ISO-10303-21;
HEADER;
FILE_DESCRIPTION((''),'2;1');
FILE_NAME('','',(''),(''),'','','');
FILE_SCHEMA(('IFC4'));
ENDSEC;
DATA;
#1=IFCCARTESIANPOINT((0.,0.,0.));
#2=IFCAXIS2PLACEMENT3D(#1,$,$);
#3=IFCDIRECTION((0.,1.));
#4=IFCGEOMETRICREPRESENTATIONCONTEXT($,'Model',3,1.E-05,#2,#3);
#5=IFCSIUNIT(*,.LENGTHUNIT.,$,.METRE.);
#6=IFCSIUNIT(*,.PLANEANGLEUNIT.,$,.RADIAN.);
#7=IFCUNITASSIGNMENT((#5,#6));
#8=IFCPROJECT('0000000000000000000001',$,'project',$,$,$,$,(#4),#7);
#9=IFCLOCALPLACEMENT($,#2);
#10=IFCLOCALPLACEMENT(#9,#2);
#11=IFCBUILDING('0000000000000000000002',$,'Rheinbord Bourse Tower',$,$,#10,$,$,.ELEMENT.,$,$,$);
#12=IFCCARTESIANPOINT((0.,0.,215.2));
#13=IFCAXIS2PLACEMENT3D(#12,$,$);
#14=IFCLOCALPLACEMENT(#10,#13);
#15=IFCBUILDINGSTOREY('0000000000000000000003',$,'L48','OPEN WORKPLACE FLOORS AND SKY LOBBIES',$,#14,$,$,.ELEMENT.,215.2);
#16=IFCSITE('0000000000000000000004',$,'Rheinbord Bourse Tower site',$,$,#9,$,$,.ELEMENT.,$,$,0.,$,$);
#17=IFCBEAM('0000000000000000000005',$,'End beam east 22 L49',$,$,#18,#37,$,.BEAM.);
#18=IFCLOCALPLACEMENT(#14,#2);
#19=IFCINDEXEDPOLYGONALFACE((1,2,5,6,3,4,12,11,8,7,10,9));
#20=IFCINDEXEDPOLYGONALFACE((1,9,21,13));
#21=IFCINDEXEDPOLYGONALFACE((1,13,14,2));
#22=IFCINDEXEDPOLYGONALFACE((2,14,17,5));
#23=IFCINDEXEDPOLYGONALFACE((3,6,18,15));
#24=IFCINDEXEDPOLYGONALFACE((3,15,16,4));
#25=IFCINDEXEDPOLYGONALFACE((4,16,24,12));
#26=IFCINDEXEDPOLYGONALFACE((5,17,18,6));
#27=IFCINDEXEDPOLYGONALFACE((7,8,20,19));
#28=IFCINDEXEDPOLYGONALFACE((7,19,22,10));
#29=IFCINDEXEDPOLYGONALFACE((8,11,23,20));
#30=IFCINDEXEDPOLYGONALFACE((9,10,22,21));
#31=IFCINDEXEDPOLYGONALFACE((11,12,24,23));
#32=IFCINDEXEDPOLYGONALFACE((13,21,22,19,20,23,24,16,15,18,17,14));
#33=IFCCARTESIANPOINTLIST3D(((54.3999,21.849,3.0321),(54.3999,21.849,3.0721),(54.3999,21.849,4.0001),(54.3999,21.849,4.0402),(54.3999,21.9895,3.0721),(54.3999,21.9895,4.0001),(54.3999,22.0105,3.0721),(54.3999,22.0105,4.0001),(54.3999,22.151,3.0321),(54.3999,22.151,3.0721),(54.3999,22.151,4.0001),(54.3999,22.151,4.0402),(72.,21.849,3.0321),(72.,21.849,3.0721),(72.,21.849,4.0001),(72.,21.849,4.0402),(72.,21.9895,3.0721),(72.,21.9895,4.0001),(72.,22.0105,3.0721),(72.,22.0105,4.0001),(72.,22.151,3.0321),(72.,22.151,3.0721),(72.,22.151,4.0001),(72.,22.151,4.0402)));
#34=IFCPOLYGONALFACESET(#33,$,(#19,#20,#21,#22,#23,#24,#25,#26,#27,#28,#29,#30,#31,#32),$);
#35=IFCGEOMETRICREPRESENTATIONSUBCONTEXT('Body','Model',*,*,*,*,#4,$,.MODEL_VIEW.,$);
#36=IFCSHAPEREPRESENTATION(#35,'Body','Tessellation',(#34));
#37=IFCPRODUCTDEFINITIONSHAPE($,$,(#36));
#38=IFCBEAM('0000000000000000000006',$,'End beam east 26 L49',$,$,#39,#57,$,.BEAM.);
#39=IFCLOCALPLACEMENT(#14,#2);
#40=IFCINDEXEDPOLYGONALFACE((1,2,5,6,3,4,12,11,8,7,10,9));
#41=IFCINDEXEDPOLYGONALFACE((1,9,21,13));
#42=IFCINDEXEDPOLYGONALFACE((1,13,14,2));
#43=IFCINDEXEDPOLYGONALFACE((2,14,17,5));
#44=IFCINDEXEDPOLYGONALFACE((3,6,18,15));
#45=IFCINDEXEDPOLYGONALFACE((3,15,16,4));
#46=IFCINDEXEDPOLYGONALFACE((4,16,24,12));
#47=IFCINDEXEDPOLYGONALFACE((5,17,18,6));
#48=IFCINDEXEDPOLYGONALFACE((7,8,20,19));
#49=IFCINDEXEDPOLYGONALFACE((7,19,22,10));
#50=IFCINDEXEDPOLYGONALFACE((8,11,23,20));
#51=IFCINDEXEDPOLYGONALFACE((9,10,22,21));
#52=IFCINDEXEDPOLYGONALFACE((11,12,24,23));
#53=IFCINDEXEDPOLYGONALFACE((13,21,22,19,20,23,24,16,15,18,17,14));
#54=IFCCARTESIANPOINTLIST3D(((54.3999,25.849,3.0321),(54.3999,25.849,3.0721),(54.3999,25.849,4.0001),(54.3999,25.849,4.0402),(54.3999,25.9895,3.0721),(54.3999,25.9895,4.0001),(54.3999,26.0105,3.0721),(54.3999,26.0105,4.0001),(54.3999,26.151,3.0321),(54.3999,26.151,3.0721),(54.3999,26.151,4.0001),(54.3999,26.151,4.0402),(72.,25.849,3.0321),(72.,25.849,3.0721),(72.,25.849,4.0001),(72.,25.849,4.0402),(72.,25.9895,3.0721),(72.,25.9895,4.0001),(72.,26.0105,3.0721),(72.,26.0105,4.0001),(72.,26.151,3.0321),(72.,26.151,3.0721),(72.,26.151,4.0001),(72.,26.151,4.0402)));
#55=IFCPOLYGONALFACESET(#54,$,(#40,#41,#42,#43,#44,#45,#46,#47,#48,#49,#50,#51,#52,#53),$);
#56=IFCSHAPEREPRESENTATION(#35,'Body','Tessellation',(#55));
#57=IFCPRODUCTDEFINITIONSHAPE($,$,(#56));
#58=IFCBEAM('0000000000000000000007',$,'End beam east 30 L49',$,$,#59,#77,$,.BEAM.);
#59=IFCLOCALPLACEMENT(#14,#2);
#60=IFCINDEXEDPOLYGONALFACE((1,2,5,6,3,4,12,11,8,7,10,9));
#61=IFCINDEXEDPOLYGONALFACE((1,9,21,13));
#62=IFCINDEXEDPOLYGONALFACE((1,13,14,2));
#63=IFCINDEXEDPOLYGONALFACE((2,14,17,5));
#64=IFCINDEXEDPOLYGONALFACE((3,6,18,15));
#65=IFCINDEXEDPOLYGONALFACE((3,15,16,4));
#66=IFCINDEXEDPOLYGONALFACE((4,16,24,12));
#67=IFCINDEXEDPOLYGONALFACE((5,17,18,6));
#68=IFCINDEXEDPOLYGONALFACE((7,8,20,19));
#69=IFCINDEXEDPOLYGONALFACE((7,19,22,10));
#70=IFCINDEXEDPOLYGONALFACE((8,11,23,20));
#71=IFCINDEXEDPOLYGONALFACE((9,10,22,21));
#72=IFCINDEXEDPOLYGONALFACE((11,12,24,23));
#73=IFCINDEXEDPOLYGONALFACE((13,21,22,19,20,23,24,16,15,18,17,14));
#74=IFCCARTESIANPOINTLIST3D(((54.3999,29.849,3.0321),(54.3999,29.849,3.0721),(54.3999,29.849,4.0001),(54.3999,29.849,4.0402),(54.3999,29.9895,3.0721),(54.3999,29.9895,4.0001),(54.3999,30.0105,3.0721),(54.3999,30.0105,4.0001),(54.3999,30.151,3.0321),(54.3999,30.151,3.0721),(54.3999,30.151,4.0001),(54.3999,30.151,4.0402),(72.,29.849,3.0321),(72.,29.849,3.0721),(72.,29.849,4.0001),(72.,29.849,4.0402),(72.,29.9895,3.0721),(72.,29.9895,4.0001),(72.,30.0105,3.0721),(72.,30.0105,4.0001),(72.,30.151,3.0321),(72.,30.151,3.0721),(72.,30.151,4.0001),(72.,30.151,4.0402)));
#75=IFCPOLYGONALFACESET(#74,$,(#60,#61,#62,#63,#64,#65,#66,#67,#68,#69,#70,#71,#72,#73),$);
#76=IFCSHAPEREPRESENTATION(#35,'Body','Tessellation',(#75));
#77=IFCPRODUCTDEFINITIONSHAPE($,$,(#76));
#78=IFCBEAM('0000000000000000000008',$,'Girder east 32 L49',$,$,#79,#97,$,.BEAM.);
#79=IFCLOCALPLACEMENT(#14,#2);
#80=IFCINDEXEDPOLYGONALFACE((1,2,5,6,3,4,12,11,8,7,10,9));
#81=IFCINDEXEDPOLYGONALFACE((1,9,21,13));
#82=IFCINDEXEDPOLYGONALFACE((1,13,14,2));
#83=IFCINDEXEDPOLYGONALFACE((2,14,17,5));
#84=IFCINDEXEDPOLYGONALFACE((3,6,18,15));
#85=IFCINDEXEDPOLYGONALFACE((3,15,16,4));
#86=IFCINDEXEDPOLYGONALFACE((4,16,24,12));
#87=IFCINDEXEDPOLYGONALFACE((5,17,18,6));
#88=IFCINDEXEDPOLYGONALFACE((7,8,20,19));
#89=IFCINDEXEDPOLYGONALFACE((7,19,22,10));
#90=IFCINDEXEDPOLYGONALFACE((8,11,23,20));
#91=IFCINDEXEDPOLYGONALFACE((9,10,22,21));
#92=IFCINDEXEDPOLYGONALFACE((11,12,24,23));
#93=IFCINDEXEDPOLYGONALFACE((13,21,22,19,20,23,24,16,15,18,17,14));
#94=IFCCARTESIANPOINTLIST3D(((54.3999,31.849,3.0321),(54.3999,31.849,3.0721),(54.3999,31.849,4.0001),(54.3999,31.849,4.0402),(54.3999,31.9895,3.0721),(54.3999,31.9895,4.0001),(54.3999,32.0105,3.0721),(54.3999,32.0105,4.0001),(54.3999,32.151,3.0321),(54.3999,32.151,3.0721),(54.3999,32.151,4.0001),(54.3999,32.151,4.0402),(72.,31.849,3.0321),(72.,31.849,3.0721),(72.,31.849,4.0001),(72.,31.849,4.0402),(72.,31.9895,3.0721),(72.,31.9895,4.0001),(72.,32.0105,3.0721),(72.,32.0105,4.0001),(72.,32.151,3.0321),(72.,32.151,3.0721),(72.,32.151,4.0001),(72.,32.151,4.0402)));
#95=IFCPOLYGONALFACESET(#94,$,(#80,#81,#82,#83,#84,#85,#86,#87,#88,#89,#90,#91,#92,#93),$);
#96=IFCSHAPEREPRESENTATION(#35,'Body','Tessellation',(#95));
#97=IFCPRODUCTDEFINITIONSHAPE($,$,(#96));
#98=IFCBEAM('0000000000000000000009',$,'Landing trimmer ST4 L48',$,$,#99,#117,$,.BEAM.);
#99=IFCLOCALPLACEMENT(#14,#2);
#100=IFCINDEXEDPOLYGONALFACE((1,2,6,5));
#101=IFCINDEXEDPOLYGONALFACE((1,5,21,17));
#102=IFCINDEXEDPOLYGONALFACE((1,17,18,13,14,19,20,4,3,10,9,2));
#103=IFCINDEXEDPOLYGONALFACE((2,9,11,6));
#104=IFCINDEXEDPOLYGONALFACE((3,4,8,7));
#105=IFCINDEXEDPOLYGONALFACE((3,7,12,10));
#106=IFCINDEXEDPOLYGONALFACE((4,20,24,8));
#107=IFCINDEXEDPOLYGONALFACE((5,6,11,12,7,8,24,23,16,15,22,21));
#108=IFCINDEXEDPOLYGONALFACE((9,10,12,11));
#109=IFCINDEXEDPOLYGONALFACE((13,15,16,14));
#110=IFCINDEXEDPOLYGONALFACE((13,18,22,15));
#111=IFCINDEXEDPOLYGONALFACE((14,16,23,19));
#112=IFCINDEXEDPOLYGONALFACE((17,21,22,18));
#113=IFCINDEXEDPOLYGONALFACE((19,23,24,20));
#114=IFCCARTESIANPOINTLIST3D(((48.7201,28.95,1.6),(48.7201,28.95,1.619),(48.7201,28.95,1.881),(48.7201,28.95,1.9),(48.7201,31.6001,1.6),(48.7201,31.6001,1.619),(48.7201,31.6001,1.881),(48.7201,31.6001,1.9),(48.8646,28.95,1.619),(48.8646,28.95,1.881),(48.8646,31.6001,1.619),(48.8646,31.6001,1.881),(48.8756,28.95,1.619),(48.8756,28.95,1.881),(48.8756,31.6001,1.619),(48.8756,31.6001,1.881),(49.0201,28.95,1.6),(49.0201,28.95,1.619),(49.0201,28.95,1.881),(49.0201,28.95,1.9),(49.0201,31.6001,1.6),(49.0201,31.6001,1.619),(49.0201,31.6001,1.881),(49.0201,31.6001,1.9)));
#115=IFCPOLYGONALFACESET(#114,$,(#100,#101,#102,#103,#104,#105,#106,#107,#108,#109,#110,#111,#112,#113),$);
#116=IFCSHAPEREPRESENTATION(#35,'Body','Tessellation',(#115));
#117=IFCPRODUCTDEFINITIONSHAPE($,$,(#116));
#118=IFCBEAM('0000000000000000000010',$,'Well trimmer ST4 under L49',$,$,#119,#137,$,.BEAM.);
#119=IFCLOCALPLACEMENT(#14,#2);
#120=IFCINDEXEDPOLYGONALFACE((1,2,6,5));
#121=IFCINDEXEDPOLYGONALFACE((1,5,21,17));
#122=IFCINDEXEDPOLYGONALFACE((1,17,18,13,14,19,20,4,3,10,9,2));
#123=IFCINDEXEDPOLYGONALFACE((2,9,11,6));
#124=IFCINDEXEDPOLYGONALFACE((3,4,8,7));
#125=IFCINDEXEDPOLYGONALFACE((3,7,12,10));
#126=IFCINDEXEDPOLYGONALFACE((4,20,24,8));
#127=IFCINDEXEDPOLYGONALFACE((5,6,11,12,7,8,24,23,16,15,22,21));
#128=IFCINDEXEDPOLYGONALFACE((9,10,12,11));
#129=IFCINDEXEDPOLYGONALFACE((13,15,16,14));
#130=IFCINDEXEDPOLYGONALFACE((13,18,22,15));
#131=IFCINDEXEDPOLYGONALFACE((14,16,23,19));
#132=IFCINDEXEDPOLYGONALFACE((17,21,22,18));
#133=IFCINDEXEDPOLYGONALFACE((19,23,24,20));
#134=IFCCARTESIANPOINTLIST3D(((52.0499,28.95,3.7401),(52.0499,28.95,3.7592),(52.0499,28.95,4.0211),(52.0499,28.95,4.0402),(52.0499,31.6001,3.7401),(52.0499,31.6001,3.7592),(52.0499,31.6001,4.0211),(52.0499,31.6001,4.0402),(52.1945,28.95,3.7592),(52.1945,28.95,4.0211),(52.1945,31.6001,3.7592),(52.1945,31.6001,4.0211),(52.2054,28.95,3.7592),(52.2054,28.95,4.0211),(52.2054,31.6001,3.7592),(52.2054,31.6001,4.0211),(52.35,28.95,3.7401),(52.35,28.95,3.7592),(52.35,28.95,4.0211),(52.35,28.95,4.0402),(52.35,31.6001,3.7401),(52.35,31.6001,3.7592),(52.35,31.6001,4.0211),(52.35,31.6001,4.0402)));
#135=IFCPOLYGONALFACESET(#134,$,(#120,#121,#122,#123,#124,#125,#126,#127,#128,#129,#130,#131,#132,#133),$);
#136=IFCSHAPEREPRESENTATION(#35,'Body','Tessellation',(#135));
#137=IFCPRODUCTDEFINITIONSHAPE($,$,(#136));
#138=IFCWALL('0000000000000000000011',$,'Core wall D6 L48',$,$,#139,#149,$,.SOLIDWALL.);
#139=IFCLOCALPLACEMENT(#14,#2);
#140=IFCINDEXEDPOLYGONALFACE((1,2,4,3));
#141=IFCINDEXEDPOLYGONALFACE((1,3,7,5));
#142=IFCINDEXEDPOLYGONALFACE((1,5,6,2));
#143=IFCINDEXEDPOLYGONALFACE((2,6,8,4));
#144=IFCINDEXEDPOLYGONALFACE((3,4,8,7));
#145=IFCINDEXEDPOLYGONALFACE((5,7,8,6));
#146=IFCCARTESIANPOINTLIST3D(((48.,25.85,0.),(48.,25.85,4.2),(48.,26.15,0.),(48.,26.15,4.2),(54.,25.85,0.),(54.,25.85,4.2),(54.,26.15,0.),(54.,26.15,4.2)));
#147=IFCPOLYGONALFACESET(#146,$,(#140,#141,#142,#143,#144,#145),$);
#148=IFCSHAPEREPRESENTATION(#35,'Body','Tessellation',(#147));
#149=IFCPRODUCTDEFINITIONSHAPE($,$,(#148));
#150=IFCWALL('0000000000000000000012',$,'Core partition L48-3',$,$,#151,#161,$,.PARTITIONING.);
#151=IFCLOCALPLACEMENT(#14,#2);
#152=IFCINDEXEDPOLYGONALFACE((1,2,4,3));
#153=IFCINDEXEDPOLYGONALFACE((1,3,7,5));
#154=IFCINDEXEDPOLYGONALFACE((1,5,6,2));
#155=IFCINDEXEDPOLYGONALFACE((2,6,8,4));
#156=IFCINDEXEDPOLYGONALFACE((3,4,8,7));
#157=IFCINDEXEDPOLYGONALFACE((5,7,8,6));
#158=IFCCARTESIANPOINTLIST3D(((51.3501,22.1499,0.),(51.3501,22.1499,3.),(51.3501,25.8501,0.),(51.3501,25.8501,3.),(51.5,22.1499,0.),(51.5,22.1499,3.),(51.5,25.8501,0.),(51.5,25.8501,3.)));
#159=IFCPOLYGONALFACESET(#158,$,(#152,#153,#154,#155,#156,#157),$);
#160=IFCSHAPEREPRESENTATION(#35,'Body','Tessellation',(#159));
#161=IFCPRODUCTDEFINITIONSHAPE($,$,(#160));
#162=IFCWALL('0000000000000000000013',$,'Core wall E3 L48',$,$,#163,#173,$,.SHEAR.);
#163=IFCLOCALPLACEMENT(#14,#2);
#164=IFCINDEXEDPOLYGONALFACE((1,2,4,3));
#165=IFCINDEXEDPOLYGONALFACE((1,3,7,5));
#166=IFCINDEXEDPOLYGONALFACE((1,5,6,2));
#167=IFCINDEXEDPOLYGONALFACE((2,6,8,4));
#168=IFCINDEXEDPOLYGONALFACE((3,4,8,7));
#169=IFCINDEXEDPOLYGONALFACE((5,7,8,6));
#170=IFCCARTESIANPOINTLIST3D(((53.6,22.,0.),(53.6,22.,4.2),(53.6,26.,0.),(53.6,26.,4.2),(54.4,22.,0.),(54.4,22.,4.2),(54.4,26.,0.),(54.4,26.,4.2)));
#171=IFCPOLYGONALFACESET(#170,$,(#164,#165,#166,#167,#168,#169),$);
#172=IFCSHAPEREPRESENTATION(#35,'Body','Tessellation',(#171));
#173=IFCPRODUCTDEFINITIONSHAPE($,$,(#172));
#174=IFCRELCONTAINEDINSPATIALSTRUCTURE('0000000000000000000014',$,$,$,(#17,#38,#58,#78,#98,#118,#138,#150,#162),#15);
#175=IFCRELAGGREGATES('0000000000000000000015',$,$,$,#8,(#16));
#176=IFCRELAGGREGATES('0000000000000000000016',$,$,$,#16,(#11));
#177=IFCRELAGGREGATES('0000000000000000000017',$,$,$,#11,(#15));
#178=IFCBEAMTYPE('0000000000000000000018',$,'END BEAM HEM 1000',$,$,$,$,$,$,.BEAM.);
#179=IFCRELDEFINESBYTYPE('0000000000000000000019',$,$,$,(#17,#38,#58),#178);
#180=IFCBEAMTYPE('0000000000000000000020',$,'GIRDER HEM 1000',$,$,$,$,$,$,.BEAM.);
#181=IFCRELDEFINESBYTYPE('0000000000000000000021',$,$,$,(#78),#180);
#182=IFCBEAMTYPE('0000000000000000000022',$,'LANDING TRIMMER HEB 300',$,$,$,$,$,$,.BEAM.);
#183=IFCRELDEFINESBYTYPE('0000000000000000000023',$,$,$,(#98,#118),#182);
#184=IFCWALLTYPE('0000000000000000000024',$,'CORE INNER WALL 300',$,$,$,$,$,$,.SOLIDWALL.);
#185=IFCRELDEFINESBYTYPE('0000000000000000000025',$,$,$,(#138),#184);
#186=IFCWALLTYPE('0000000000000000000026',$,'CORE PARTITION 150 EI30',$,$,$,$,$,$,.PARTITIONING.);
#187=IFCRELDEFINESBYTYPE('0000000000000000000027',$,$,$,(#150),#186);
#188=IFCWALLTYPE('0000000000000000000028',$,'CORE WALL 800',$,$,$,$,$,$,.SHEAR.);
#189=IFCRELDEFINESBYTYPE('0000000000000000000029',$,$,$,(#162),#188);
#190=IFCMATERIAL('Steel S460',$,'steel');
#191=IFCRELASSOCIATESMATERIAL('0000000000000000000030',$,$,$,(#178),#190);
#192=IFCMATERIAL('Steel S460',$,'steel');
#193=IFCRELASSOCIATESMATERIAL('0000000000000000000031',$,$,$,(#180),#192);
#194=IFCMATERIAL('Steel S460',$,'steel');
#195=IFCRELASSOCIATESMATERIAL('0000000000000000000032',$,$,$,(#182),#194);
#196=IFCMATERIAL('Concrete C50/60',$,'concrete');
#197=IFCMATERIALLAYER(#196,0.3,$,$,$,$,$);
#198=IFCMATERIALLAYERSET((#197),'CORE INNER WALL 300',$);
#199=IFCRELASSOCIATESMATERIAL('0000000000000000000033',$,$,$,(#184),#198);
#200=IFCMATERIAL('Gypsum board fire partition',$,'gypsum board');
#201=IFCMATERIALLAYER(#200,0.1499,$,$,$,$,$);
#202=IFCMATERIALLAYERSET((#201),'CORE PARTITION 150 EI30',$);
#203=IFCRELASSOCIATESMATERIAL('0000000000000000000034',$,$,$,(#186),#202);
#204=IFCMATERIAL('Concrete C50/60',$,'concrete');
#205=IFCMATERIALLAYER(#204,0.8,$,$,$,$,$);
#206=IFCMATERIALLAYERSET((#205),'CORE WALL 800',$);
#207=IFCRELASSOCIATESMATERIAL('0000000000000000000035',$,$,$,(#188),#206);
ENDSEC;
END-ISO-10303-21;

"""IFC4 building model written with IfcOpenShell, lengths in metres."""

from ifc_helpers import new_model, si_unit, direction, frame, frame_2d, origin, origin_2d, place, context, subcontext, project, spatial, rectangle, i_section, extrude, material, layer, layer_set, material_profile, profile_set, type_object, element, save


model = new_model("IFC4")

# Units and contexts
model_context = context("Model", 3, precision=1e-05, world=origin(), true_north=direction((0.0, 1.0)))
body_context = subcontext(model_context, "Body", "Model", "MODEL_VIEW")
ifc_project = project(units=[si_unit("LENGTHUNIT", "METRE"), si_unit("PLANEANGLEUNIT", "RADIAN")], contexts=[model_context])

# Site, building, storey
site_placement = place(None, origin())
site = spatial("IfcSite", under=ifc_project, at=site_placement, Name="Rheinbord Bourse Tower site", CompositionType="ELEMENT", RefElevation=0.0)
building_placement = place(site_placement, origin())
building = spatial("IfcBuilding", under=site, at=building_placement, Name="Rheinbord Bourse Tower", CompositionType="ELEMENT")
storey_placement = place(building_placement, frame((0.0, 0.0, 215.2)))
storey = spatial("IfcBuildingStorey", under=building, at=storey_placement, Name="L48", Description="OPEN WORKPLACE FLOORS AND SKY LOBBIES", CompositionType="ELEMENT", Elevation=215.2)

# Beams
ifc_material_1 = material(Name="Steel S460", Category="steel")
ifc_material_profile_1 = material_profile(ifc_material_1, i_section(OverallWidth=0.302, OverallDepth=1.0081, WebThickness=0.021, FlangeThickness=0.04, at=origin_2d()), Name="HEM 1000")
ifc_profile_set_1 = profile_set([ifc_material_profile_1], Name="Steel S460")
beam_type_1 = type_object("IfcBeamType", Name="END BEAM HEM 1000", PredefinedType="BEAM", material=ifc_profile_set_1)
for number, where, z_axis, x_axis, name in (
    (1, (54.3999, 22.0, 3.5361), (1.0, 0.0, 0.0), (0.0, 1.0, 0.0), "End beam east 22 L49"),
    (2, (54.3999, 26.0, 3.5361), (1.0, 0.0, 0.0), (0.0, 1.0, 0.0), "End beam east 26 L49"),
    (3, (54.3999, 30.0, 3.5361), (1.0, 0.0, 0.0), (0.0, 1.0, 0.0), "End beam east 30 L49"),
):
    element("IfcBeam", number, at=place(storey_placement, frame(where, z_axis=z_axis, x_axis=x_axis)), inside=storey, type_object=beam_type_1, Name=name, PredefinedType="BEAM", context=body_context, shape_type="SweptSolid", body=[
        extrude(i_section(OverallWidth=0.302, OverallDepth=1.0081, WebThickness=0.021, FlangeThickness=0.04, at=origin_2d()), origin(), (0.0, 0.0, 1.0), 17.6001),
    ])
ifc_material_2 = material(Name="Steel S460", Category="steel")
ifc_material_profile_2 = material_profile(ifc_material_2, i_section(OverallWidth=0.302, OverallDepth=1.0081, WebThickness=0.021, FlangeThickness=0.04, at=origin_2d()), Name="HEM 1000")
ifc_profile_set_2 = profile_set([ifc_material_profile_2], Name="Steel S460")
beam_type_2 = type_object("IfcBeamType", Name="GIRDER HEM 1000", PredefinedType="BEAM", material=ifc_profile_set_2)
beam_placement = place(storey_placement, frame((54.3999, 32.0, 3.5361), z_axis=(1.0, 0.0, 0.0), x_axis=(0.0, 1.0, 0.0)))
element("IfcBeam", 4, at=beam_placement, inside=storey, type_object=beam_type_2, Name="Girder east 32 L49", PredefinedType="BEAM", context=body_context, shape_type="SweptSolid", body=[
    extrude(i_section(OverallWidth=0.302, OverallDepth=1.0081, WebThickness=0.021, FlangeThickness=0.04, at=origin_2d()), origin(), (0.0, 0.0, 1.0), 17.6001),
])
ifc_material_3 = material(Name="Steel S460", Category="steel")
ifc_material_profile_3 = material_profile(ifc_material_3, i_section(OverallWidth=0.3, OverallDepth=0.3, WebThickness=0.011, FlangeThickness=0.019, at=origin_2d()), Name="HEB 300")
ifc_profile_set_3 = profile_set([ifc_material_profile_3], Name="Steel S460")
beam_type_3 = type_object("IfcBeamType", Name="LANDING TRIMMER HEB 300", PredefinedType="BEAM", material=ifc_profile_set_3)
for number, where, z_axis, x_axis, name in (
    (5, (48.8701, 28.95, 1.75), (0.0, 1.0, 0.0), (-1.0, 0.0, 0.0), "Landing trimmer ST4 L48"),
    (6, (52.2, 28.95, 3.8901), (0.0, 1.0, 0.0), (-1.0, 0.0, 0.0), "Well trimmer ST4 under L49"),
):
    element("IfcBeam", number, at=place(storey_placement, frame(where, z_axis=z_axis, x_axis=x_axis)), inside=storey, type_object=beam_type_3, Name=name, PredefinedType="BEAM", context=body_context, shape_type="SweptSolid", body=[
        extrude(i_section(OverallWidth=0.3, OverallDepth=0.3, WebThickness=0.011, FlangeThickness=0.019, at=origin_2d()), origin(), (0.0, 0.0, 1.0), 2.6501),
    ])

# Walls
ifc_material_4 = material(Name="Concrete C50/60", Category="concrete")
ifc_layer_1 = layer(ifc_material_4, 0.3)
ifc_layer_set_1 = layer_set([ifc_layer_1], Name="CORE INNER WALL 300")
wall_type_1 = type_object("IfcWallType", Name="CORE INNER WALL 300", PredefinedType="SOLIDWALL", material=ifc_layer_set_1)
wall_1_placement = place(storey_placement, frame((48.0, 26.0, 0.0), z_axis=(0.0, 0.0, 1.0), x_axis=(1.0, 0.0, 0.0)))
element("IfcWall", 7, at=wall_1_placement, inside=storey, type_object=wall_type_1, Name="Core wall D6 L48", PredefinedType="SOLIDWALL", context=body_context, shape_type="SweptSolid", body=[
    extrude(rectangle(XDim=6.0, YDim=0.3, at=frame_2d((3.0, 0.0))), origin(), (0.0, 0.0, 1.0), 4.2),
])
ifc_material_5 = material(Name="Gypsum board fire partition", Category="gypsum board")
ifc_layer_2 = layer(ifc_material_5, 0.1499)
ifc_layer_set_2 = layer_set([ifc_layer_2], Name="CORE PARTITION 150 EI30")
wall_type_2 = type_object("IfcWallType", Name="CORE PARTITION 150 EI30", PredefinedType="PARTITIONING", material=ifc_layer_set_2)
wall_2_placement = place(storey_placement, frame((51.425, 22.1499, 0.0), z_axis=(0.0, 0.0, 1.0), x_axis=(0.0, 1.0, 0.0)))
element("IfcWall", 8, at=wall_2_placement, inside=storey, type_object=wall_type_2, Name="Core partition L48-3", PredefinedType="PARTITIONING", context=body_context, shape_type="SweptSolid", body=[
    extrude(rectangle(XDim=3.7002, YDim=0.1499, at=frame_2d((1.8501, 0.0))), origin(), (0.0, 0.0, 1.0), 3.0),
])
ifc_material_6 = material(Name="Concrete C50/60", Category="concrete")
ifc_layer_3 = layer(ifc_material_6, 0.8)
ifc_layer_set_3 = layer_set([ifc_layer_3], Name="CORE WALL 800")
wall_type_3 = type_object("IfcWallType", Name="CORE WALL 800", PredefinedType="SHEAR", material=ifc_layer_set_3)
wall_3_placement = place(storey_placement, frame((54.0, 22.0, 0.0), z_axis=(0.0, 0.0, 1.0), x_axis=(0.0, 1.0, 0.0)))
element("IfcWall", 9, at=wall_3_placement, inside=storey, type_object=wall_type_3, Name="Core wall E3 L48", PredefinedType="SHEAR", context=body_context, shape_type="SweptSolid", body=[
    extrude(rectangle(XDim=4.0, YDim=0.8, at=frame_2d((2.0, 0.0))), origin(), (0.0, 0.0, 1.0), 4.2),
])

save(model, "model.ifc")
